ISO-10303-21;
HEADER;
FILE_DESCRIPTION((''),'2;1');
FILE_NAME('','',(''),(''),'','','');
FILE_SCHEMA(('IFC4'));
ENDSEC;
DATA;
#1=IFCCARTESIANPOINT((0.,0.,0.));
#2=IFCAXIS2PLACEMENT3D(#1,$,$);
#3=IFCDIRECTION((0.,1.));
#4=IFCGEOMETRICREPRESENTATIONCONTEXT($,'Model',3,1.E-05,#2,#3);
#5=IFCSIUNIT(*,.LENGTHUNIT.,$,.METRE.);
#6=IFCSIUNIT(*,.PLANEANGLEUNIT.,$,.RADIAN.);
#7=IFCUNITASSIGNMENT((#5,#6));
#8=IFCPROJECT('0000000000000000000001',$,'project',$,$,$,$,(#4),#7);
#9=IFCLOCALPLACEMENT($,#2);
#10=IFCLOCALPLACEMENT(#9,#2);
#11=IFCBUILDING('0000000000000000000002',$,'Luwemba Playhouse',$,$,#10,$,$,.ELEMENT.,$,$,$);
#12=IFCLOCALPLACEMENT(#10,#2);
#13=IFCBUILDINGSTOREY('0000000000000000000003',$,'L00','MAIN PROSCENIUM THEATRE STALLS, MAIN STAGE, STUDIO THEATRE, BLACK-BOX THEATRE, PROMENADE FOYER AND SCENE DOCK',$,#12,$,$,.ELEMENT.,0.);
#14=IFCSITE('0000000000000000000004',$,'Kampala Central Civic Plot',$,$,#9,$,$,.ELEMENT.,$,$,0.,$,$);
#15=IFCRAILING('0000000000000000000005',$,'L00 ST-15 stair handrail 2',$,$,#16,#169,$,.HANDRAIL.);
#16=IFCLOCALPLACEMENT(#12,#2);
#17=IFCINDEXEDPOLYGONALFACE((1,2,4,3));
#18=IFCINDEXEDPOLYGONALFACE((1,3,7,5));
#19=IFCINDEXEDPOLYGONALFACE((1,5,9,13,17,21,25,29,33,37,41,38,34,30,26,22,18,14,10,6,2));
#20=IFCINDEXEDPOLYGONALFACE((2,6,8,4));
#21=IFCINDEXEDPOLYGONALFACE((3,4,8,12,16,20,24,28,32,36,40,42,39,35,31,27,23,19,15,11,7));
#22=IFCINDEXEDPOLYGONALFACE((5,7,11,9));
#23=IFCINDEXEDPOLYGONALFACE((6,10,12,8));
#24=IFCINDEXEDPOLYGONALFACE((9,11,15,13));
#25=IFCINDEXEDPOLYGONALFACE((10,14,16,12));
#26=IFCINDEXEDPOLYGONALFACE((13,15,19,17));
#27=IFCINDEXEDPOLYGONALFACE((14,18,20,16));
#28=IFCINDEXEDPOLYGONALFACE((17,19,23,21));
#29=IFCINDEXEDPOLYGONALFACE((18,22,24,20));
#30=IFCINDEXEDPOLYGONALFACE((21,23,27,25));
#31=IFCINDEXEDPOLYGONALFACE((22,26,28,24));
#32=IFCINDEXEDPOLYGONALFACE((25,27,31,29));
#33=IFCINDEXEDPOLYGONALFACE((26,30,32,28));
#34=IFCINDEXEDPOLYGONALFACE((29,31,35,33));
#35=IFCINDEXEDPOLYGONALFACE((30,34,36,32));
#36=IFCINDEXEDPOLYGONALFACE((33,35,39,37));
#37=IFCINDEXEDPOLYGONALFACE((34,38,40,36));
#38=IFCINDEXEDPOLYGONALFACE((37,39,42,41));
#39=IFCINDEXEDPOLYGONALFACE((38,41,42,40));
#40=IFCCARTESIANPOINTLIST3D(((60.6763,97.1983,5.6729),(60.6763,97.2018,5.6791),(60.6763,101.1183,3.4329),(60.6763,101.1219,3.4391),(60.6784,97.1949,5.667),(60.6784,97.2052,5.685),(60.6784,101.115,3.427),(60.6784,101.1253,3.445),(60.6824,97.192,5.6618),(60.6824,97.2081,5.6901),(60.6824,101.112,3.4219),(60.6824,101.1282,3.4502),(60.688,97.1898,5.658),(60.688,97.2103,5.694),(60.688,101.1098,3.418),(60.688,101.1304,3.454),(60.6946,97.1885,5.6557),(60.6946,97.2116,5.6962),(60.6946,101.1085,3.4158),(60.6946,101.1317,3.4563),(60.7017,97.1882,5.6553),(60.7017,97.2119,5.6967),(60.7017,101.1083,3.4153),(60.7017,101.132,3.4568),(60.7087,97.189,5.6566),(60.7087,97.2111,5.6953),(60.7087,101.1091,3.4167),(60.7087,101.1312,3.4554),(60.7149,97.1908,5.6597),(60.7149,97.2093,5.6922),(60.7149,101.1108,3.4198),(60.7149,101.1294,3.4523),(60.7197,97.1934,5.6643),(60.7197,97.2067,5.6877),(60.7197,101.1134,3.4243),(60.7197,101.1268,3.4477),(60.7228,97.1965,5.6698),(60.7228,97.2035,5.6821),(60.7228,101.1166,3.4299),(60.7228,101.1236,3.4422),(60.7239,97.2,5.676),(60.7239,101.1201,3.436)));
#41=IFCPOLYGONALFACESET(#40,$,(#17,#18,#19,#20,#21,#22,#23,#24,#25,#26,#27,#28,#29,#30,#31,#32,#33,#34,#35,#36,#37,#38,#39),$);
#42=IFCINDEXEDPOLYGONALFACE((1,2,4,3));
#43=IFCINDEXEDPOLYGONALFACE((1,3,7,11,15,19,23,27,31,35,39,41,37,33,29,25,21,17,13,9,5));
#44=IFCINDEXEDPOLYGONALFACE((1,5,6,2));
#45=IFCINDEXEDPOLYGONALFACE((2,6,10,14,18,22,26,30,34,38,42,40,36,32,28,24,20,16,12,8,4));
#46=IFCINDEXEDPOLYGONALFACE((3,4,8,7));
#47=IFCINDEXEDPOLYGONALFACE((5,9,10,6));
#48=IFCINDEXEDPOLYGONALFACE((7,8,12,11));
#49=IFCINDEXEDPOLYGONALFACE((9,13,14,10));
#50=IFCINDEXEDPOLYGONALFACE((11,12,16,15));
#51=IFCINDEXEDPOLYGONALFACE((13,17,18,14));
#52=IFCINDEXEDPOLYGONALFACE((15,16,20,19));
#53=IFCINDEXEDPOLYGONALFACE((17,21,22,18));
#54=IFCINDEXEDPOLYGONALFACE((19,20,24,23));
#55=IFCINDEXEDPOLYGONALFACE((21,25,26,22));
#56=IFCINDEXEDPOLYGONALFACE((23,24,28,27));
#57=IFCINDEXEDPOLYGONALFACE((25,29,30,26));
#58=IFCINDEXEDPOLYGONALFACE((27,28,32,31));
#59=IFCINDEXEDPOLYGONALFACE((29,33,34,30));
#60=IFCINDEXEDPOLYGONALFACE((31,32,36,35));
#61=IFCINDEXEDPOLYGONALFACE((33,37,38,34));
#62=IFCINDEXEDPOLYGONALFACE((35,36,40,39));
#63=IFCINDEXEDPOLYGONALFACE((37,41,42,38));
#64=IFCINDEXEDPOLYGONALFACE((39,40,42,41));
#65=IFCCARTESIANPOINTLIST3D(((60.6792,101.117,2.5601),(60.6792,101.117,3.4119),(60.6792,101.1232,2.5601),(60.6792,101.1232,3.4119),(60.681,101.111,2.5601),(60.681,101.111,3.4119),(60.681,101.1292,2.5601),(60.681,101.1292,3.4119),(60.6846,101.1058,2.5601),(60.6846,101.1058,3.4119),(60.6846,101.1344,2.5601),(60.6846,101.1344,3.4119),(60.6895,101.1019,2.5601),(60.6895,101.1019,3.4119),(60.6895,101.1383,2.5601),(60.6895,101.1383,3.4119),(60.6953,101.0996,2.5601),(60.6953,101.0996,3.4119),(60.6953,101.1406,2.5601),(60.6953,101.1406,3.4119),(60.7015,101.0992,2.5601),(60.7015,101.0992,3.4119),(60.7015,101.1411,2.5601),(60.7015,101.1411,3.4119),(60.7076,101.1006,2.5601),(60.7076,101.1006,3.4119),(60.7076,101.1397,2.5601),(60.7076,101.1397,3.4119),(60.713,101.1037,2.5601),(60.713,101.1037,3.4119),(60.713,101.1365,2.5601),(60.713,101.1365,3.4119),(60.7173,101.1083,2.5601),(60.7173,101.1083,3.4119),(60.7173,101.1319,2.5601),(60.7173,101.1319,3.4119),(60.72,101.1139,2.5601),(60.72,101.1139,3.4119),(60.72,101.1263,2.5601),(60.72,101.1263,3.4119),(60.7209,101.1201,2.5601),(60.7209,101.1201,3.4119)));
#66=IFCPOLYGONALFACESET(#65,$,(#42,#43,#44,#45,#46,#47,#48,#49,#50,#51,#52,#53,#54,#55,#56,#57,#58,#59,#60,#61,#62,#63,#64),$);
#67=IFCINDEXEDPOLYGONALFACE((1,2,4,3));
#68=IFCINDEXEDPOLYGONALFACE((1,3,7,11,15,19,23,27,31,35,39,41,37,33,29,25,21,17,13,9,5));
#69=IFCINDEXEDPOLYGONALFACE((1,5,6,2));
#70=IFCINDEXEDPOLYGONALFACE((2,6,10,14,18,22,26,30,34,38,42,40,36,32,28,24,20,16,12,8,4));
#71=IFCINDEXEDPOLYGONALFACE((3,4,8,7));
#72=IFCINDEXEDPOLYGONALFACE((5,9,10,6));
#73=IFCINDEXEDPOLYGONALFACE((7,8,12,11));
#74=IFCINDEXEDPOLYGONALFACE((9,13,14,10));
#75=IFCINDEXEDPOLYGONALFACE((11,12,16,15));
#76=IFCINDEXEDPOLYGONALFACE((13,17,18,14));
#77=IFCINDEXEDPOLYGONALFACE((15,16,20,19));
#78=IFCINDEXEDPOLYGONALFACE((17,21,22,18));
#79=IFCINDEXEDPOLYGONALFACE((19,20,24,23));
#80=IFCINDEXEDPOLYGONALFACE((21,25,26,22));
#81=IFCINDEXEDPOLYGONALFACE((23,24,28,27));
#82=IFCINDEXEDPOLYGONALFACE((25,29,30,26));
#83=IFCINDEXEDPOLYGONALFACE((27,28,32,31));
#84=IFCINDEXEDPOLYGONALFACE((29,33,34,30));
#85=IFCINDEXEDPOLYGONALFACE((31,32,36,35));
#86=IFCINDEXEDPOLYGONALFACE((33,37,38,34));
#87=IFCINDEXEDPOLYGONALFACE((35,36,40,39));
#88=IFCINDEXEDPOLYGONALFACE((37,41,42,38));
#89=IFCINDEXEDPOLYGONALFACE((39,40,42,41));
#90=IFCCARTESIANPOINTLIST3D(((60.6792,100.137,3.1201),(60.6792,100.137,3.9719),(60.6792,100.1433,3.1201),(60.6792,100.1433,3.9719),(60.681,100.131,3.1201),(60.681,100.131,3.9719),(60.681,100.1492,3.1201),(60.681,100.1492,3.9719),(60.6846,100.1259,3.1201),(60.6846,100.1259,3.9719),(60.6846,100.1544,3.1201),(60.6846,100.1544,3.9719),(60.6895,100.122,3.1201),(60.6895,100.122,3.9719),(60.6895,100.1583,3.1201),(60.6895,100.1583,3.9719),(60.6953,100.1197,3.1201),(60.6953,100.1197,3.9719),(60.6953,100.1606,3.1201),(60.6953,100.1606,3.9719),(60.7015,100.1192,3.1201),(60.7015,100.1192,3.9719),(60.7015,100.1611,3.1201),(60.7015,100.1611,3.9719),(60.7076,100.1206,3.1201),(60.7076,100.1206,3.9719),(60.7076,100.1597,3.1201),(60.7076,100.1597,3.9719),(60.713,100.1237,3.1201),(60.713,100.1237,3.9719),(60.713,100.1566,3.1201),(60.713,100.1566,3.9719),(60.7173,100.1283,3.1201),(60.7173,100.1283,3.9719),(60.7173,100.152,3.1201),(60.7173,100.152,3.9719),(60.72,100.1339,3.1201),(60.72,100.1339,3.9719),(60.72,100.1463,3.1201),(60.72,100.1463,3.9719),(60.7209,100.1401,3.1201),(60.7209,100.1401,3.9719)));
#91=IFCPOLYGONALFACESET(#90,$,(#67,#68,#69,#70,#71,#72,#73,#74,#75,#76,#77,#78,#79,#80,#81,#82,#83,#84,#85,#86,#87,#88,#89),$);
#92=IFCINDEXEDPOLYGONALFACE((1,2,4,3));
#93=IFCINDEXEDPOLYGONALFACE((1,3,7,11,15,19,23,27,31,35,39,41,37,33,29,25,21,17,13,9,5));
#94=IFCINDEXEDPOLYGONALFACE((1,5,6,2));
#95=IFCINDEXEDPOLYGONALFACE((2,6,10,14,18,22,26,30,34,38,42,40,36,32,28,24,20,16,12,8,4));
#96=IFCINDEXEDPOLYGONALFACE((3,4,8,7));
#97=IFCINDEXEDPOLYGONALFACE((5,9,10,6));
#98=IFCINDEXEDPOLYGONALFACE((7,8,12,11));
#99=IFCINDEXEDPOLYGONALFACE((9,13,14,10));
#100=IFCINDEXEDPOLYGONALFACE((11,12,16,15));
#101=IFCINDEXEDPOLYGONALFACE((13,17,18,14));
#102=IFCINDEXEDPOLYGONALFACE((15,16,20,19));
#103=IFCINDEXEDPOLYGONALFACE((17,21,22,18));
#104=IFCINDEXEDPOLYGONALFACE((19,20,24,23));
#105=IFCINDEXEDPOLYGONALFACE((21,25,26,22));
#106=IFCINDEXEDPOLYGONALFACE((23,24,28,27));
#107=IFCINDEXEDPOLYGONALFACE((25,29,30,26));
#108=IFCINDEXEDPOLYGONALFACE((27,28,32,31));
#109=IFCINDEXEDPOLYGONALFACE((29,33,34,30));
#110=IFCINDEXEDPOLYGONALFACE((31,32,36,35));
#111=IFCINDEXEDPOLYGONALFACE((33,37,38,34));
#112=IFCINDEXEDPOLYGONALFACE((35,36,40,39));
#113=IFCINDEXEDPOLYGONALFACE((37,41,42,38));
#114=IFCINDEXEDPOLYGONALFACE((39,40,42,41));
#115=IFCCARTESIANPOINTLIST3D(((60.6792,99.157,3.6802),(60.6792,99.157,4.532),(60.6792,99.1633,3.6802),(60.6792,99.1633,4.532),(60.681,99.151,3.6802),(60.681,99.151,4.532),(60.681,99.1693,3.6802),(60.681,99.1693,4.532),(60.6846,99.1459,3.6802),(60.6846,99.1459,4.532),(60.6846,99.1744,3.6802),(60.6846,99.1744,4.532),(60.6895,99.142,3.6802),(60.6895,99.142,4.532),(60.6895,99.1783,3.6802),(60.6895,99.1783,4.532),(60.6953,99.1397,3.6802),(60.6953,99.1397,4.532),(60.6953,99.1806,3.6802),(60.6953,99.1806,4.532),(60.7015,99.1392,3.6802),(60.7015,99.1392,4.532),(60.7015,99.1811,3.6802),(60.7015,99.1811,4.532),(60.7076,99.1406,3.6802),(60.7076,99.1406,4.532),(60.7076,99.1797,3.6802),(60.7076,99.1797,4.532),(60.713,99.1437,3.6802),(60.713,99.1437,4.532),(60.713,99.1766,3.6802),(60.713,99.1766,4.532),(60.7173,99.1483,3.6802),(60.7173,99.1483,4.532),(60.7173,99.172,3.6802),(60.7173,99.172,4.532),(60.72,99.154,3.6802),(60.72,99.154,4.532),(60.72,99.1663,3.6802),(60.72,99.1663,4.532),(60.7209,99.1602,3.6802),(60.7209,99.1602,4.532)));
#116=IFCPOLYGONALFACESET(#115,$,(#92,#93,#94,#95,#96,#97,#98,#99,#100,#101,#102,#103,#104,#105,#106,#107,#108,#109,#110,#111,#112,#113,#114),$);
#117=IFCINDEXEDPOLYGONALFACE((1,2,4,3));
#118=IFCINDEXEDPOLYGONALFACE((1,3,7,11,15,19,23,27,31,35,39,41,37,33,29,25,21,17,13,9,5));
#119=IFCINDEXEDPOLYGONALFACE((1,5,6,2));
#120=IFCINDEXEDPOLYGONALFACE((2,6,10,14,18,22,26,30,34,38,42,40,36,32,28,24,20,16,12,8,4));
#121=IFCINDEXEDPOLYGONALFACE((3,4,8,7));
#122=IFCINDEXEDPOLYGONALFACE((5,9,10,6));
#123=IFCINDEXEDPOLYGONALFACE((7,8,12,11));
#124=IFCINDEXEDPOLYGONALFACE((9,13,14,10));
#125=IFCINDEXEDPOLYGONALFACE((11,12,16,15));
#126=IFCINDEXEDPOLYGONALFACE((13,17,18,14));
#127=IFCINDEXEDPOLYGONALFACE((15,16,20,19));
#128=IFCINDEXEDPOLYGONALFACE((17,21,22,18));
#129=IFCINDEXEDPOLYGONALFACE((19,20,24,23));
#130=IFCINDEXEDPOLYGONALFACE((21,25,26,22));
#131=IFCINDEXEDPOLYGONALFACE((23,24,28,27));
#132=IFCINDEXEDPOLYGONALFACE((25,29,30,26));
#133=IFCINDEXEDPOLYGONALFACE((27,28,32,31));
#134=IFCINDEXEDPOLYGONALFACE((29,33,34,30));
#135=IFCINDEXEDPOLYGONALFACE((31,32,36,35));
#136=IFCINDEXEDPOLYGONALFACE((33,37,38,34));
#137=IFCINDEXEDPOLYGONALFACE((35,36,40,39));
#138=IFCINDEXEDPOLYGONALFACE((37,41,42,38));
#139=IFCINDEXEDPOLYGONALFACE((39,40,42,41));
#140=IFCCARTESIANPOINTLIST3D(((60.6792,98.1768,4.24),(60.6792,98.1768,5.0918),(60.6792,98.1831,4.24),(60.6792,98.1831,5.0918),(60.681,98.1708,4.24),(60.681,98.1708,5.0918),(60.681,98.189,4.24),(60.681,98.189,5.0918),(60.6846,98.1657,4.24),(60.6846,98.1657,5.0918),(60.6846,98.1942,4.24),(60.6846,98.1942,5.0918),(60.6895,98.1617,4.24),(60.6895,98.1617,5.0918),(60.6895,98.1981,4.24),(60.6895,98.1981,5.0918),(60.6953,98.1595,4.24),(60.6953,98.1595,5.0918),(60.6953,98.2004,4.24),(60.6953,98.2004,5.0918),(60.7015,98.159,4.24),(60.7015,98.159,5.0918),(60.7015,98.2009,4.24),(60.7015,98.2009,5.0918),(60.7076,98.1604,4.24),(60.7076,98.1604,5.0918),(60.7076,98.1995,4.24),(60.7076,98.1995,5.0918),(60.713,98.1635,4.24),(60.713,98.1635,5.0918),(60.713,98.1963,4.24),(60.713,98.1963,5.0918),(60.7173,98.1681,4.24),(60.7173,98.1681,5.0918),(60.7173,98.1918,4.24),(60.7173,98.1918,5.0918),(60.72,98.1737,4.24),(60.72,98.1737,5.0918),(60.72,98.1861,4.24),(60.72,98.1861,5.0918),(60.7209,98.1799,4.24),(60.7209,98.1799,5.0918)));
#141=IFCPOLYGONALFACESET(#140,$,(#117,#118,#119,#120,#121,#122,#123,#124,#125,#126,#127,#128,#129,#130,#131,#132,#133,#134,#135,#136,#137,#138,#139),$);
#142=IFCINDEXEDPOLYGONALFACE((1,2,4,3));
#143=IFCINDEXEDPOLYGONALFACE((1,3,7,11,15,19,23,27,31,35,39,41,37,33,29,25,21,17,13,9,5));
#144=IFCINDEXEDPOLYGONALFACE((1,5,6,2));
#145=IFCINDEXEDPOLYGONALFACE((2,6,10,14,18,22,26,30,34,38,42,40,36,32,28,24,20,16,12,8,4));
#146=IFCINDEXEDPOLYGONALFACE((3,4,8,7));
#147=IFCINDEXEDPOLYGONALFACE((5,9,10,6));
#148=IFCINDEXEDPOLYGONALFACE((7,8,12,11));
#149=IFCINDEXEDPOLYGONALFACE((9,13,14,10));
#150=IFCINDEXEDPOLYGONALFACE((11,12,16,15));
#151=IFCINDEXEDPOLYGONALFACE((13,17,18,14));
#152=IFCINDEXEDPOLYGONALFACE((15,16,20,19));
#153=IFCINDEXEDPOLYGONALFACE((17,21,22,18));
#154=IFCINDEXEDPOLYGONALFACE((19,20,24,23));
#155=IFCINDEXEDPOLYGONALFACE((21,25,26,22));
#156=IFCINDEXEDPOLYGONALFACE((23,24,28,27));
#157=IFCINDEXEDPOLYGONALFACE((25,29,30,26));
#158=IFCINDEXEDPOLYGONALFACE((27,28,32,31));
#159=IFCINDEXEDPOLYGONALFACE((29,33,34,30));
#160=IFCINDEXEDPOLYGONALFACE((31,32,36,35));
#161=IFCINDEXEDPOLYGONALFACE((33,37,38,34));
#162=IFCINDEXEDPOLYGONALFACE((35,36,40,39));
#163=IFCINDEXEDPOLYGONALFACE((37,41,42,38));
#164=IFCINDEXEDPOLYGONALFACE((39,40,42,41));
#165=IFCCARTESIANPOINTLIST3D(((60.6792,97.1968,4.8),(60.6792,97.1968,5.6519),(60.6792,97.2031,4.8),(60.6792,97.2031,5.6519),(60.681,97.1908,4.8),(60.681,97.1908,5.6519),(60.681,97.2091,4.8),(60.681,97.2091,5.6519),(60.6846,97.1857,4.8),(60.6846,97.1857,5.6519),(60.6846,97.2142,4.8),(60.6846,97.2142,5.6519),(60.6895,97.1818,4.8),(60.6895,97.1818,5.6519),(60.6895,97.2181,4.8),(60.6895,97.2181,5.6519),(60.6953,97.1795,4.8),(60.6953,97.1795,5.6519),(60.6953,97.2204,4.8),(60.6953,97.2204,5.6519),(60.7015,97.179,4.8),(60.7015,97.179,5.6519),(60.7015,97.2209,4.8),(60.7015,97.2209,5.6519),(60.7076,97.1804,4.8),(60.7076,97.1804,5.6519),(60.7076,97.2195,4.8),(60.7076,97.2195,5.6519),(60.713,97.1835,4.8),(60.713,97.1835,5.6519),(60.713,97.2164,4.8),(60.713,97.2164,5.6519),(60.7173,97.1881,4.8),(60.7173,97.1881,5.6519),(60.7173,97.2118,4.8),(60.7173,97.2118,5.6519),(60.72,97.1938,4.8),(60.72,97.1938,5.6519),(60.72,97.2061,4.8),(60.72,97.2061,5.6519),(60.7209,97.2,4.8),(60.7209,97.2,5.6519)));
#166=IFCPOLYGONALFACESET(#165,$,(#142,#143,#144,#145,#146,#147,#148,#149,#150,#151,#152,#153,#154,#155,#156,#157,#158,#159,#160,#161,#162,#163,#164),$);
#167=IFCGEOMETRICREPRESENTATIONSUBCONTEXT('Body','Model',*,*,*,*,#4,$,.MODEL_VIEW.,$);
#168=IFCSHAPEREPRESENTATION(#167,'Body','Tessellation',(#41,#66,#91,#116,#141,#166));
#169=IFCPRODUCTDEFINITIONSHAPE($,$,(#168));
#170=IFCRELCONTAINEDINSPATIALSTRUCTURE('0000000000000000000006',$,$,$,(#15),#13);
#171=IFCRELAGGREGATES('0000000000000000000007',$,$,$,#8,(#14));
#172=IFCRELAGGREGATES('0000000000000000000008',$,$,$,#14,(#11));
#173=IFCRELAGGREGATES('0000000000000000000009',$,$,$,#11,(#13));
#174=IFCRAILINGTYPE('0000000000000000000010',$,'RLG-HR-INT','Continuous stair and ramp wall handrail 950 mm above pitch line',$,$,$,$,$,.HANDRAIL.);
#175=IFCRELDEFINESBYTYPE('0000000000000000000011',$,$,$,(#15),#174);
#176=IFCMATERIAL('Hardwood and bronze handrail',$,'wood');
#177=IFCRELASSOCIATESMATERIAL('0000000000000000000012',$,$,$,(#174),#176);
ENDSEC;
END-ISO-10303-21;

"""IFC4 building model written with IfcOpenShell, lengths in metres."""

from ifc_helpers import new_model, si_unit, direction, frame, origin, origin_2d, place, context, subcontext, project, spatial, circle, extrude, material, type_object, element, save


model = new_model("IFC4")

# Units and contexts
model_context = context("Model", 3, precision=1e-05, world=origin(), true_north=direction((0.0, 1.0)))
body_context = subcontext(model_context, "Body", "Model", "MODEL_VIEW")
ifc_project = project(units=[si_unit("LENGTHUNIT", "METRE"), si_unit("PLANEANGLEUNIT", "RADIAN")], contexts=[model_context])

# Site, building, storey
site_placement = place(None, origin())
site = spatial("IfcSite", under=ifc_project, at=site_placement, Name="Kampala Central Civic Plot", CompositionType="ELEMENT", RefElevation=0.0)
building_placement = place(site_placement, origin())
building = spatial("IfcBuilding", under=site, at=building_placement, Name="Luwemba Playhouse", CompositionType="ELEMENT")
storey_placement = place(building_placement, origin())
storey = spatial("IfcBuildingStorey", under=building, at=storey_placement, Name="L00", Description="MAIN PROSCENIUM THEATRE STALLS, MAIN STAGE, STUDIO THEATRE, BLACK-BOX THEATRE, PROMENADE FOYER AND SCENE DOCK", CompositionType="ELEMENT", Elevation=0.0)

# Railing
ifc_material_1 = material(Name="Hardwood and bronze handrail", Category="wood")
railing_type_1 = type_object("IfcRailingType", Name="RLG-HR-INT", Description="Continuous stair and ramp wall handrail 950 mm above pitch line", PredefinedType="HANDRAIL", material=ifc_material_1)
railing_1_placement = place(storey_placement, frame((60.7, 101.1201, 2.5601)))
element("IfcRailing", 1, at=railing_1_placement, inside=storey, type_object=railing_type_1, Name="L00 ST-15 stair handrail 2", PredefinedType="HANDRAIL", context=body_context, shape_type="SweptSolid", body=[
    extrude(circle(Radius=0.0239, at=origin_2d()), frame((0.0, 0.0, 0.876), z_axis=(0.0, -0.868253, 0.496121), x_axis=(1.0, 0.0, 0.0)), (0.0, 0.0, 1.0), 4.5149),
    extrude(circle(Radius=0.021, at=origin_2d()), origin(), (0.0, 0.0, 1.0), 0.8518),
    extrude(circle(Radius=0.021, at=origin_2d()), frame((0.0, -0.98, 0.5601)), (0.0, 0.0, 1.0), 0.8518),
    extrude(circle(Radius=0.021, at=origin_2d()), frame((0.0, -1.96, 1.1201)), (0.0, 0.0, 1.0), 0.8518),
    extrude(circle(Radius=0.021, at=origin_2d()), frame((0.0, -2.9402, 1.6799)), (0.0, 0.0, 1.0), 0.8518),
    extrude(circle(Radius=0.021, at=origin_2d()), frame((0.0, -3.9202, 2.24)), (0.0, 0.0, 1.0), 0.8518),
])

save(model, "model.ifc")
